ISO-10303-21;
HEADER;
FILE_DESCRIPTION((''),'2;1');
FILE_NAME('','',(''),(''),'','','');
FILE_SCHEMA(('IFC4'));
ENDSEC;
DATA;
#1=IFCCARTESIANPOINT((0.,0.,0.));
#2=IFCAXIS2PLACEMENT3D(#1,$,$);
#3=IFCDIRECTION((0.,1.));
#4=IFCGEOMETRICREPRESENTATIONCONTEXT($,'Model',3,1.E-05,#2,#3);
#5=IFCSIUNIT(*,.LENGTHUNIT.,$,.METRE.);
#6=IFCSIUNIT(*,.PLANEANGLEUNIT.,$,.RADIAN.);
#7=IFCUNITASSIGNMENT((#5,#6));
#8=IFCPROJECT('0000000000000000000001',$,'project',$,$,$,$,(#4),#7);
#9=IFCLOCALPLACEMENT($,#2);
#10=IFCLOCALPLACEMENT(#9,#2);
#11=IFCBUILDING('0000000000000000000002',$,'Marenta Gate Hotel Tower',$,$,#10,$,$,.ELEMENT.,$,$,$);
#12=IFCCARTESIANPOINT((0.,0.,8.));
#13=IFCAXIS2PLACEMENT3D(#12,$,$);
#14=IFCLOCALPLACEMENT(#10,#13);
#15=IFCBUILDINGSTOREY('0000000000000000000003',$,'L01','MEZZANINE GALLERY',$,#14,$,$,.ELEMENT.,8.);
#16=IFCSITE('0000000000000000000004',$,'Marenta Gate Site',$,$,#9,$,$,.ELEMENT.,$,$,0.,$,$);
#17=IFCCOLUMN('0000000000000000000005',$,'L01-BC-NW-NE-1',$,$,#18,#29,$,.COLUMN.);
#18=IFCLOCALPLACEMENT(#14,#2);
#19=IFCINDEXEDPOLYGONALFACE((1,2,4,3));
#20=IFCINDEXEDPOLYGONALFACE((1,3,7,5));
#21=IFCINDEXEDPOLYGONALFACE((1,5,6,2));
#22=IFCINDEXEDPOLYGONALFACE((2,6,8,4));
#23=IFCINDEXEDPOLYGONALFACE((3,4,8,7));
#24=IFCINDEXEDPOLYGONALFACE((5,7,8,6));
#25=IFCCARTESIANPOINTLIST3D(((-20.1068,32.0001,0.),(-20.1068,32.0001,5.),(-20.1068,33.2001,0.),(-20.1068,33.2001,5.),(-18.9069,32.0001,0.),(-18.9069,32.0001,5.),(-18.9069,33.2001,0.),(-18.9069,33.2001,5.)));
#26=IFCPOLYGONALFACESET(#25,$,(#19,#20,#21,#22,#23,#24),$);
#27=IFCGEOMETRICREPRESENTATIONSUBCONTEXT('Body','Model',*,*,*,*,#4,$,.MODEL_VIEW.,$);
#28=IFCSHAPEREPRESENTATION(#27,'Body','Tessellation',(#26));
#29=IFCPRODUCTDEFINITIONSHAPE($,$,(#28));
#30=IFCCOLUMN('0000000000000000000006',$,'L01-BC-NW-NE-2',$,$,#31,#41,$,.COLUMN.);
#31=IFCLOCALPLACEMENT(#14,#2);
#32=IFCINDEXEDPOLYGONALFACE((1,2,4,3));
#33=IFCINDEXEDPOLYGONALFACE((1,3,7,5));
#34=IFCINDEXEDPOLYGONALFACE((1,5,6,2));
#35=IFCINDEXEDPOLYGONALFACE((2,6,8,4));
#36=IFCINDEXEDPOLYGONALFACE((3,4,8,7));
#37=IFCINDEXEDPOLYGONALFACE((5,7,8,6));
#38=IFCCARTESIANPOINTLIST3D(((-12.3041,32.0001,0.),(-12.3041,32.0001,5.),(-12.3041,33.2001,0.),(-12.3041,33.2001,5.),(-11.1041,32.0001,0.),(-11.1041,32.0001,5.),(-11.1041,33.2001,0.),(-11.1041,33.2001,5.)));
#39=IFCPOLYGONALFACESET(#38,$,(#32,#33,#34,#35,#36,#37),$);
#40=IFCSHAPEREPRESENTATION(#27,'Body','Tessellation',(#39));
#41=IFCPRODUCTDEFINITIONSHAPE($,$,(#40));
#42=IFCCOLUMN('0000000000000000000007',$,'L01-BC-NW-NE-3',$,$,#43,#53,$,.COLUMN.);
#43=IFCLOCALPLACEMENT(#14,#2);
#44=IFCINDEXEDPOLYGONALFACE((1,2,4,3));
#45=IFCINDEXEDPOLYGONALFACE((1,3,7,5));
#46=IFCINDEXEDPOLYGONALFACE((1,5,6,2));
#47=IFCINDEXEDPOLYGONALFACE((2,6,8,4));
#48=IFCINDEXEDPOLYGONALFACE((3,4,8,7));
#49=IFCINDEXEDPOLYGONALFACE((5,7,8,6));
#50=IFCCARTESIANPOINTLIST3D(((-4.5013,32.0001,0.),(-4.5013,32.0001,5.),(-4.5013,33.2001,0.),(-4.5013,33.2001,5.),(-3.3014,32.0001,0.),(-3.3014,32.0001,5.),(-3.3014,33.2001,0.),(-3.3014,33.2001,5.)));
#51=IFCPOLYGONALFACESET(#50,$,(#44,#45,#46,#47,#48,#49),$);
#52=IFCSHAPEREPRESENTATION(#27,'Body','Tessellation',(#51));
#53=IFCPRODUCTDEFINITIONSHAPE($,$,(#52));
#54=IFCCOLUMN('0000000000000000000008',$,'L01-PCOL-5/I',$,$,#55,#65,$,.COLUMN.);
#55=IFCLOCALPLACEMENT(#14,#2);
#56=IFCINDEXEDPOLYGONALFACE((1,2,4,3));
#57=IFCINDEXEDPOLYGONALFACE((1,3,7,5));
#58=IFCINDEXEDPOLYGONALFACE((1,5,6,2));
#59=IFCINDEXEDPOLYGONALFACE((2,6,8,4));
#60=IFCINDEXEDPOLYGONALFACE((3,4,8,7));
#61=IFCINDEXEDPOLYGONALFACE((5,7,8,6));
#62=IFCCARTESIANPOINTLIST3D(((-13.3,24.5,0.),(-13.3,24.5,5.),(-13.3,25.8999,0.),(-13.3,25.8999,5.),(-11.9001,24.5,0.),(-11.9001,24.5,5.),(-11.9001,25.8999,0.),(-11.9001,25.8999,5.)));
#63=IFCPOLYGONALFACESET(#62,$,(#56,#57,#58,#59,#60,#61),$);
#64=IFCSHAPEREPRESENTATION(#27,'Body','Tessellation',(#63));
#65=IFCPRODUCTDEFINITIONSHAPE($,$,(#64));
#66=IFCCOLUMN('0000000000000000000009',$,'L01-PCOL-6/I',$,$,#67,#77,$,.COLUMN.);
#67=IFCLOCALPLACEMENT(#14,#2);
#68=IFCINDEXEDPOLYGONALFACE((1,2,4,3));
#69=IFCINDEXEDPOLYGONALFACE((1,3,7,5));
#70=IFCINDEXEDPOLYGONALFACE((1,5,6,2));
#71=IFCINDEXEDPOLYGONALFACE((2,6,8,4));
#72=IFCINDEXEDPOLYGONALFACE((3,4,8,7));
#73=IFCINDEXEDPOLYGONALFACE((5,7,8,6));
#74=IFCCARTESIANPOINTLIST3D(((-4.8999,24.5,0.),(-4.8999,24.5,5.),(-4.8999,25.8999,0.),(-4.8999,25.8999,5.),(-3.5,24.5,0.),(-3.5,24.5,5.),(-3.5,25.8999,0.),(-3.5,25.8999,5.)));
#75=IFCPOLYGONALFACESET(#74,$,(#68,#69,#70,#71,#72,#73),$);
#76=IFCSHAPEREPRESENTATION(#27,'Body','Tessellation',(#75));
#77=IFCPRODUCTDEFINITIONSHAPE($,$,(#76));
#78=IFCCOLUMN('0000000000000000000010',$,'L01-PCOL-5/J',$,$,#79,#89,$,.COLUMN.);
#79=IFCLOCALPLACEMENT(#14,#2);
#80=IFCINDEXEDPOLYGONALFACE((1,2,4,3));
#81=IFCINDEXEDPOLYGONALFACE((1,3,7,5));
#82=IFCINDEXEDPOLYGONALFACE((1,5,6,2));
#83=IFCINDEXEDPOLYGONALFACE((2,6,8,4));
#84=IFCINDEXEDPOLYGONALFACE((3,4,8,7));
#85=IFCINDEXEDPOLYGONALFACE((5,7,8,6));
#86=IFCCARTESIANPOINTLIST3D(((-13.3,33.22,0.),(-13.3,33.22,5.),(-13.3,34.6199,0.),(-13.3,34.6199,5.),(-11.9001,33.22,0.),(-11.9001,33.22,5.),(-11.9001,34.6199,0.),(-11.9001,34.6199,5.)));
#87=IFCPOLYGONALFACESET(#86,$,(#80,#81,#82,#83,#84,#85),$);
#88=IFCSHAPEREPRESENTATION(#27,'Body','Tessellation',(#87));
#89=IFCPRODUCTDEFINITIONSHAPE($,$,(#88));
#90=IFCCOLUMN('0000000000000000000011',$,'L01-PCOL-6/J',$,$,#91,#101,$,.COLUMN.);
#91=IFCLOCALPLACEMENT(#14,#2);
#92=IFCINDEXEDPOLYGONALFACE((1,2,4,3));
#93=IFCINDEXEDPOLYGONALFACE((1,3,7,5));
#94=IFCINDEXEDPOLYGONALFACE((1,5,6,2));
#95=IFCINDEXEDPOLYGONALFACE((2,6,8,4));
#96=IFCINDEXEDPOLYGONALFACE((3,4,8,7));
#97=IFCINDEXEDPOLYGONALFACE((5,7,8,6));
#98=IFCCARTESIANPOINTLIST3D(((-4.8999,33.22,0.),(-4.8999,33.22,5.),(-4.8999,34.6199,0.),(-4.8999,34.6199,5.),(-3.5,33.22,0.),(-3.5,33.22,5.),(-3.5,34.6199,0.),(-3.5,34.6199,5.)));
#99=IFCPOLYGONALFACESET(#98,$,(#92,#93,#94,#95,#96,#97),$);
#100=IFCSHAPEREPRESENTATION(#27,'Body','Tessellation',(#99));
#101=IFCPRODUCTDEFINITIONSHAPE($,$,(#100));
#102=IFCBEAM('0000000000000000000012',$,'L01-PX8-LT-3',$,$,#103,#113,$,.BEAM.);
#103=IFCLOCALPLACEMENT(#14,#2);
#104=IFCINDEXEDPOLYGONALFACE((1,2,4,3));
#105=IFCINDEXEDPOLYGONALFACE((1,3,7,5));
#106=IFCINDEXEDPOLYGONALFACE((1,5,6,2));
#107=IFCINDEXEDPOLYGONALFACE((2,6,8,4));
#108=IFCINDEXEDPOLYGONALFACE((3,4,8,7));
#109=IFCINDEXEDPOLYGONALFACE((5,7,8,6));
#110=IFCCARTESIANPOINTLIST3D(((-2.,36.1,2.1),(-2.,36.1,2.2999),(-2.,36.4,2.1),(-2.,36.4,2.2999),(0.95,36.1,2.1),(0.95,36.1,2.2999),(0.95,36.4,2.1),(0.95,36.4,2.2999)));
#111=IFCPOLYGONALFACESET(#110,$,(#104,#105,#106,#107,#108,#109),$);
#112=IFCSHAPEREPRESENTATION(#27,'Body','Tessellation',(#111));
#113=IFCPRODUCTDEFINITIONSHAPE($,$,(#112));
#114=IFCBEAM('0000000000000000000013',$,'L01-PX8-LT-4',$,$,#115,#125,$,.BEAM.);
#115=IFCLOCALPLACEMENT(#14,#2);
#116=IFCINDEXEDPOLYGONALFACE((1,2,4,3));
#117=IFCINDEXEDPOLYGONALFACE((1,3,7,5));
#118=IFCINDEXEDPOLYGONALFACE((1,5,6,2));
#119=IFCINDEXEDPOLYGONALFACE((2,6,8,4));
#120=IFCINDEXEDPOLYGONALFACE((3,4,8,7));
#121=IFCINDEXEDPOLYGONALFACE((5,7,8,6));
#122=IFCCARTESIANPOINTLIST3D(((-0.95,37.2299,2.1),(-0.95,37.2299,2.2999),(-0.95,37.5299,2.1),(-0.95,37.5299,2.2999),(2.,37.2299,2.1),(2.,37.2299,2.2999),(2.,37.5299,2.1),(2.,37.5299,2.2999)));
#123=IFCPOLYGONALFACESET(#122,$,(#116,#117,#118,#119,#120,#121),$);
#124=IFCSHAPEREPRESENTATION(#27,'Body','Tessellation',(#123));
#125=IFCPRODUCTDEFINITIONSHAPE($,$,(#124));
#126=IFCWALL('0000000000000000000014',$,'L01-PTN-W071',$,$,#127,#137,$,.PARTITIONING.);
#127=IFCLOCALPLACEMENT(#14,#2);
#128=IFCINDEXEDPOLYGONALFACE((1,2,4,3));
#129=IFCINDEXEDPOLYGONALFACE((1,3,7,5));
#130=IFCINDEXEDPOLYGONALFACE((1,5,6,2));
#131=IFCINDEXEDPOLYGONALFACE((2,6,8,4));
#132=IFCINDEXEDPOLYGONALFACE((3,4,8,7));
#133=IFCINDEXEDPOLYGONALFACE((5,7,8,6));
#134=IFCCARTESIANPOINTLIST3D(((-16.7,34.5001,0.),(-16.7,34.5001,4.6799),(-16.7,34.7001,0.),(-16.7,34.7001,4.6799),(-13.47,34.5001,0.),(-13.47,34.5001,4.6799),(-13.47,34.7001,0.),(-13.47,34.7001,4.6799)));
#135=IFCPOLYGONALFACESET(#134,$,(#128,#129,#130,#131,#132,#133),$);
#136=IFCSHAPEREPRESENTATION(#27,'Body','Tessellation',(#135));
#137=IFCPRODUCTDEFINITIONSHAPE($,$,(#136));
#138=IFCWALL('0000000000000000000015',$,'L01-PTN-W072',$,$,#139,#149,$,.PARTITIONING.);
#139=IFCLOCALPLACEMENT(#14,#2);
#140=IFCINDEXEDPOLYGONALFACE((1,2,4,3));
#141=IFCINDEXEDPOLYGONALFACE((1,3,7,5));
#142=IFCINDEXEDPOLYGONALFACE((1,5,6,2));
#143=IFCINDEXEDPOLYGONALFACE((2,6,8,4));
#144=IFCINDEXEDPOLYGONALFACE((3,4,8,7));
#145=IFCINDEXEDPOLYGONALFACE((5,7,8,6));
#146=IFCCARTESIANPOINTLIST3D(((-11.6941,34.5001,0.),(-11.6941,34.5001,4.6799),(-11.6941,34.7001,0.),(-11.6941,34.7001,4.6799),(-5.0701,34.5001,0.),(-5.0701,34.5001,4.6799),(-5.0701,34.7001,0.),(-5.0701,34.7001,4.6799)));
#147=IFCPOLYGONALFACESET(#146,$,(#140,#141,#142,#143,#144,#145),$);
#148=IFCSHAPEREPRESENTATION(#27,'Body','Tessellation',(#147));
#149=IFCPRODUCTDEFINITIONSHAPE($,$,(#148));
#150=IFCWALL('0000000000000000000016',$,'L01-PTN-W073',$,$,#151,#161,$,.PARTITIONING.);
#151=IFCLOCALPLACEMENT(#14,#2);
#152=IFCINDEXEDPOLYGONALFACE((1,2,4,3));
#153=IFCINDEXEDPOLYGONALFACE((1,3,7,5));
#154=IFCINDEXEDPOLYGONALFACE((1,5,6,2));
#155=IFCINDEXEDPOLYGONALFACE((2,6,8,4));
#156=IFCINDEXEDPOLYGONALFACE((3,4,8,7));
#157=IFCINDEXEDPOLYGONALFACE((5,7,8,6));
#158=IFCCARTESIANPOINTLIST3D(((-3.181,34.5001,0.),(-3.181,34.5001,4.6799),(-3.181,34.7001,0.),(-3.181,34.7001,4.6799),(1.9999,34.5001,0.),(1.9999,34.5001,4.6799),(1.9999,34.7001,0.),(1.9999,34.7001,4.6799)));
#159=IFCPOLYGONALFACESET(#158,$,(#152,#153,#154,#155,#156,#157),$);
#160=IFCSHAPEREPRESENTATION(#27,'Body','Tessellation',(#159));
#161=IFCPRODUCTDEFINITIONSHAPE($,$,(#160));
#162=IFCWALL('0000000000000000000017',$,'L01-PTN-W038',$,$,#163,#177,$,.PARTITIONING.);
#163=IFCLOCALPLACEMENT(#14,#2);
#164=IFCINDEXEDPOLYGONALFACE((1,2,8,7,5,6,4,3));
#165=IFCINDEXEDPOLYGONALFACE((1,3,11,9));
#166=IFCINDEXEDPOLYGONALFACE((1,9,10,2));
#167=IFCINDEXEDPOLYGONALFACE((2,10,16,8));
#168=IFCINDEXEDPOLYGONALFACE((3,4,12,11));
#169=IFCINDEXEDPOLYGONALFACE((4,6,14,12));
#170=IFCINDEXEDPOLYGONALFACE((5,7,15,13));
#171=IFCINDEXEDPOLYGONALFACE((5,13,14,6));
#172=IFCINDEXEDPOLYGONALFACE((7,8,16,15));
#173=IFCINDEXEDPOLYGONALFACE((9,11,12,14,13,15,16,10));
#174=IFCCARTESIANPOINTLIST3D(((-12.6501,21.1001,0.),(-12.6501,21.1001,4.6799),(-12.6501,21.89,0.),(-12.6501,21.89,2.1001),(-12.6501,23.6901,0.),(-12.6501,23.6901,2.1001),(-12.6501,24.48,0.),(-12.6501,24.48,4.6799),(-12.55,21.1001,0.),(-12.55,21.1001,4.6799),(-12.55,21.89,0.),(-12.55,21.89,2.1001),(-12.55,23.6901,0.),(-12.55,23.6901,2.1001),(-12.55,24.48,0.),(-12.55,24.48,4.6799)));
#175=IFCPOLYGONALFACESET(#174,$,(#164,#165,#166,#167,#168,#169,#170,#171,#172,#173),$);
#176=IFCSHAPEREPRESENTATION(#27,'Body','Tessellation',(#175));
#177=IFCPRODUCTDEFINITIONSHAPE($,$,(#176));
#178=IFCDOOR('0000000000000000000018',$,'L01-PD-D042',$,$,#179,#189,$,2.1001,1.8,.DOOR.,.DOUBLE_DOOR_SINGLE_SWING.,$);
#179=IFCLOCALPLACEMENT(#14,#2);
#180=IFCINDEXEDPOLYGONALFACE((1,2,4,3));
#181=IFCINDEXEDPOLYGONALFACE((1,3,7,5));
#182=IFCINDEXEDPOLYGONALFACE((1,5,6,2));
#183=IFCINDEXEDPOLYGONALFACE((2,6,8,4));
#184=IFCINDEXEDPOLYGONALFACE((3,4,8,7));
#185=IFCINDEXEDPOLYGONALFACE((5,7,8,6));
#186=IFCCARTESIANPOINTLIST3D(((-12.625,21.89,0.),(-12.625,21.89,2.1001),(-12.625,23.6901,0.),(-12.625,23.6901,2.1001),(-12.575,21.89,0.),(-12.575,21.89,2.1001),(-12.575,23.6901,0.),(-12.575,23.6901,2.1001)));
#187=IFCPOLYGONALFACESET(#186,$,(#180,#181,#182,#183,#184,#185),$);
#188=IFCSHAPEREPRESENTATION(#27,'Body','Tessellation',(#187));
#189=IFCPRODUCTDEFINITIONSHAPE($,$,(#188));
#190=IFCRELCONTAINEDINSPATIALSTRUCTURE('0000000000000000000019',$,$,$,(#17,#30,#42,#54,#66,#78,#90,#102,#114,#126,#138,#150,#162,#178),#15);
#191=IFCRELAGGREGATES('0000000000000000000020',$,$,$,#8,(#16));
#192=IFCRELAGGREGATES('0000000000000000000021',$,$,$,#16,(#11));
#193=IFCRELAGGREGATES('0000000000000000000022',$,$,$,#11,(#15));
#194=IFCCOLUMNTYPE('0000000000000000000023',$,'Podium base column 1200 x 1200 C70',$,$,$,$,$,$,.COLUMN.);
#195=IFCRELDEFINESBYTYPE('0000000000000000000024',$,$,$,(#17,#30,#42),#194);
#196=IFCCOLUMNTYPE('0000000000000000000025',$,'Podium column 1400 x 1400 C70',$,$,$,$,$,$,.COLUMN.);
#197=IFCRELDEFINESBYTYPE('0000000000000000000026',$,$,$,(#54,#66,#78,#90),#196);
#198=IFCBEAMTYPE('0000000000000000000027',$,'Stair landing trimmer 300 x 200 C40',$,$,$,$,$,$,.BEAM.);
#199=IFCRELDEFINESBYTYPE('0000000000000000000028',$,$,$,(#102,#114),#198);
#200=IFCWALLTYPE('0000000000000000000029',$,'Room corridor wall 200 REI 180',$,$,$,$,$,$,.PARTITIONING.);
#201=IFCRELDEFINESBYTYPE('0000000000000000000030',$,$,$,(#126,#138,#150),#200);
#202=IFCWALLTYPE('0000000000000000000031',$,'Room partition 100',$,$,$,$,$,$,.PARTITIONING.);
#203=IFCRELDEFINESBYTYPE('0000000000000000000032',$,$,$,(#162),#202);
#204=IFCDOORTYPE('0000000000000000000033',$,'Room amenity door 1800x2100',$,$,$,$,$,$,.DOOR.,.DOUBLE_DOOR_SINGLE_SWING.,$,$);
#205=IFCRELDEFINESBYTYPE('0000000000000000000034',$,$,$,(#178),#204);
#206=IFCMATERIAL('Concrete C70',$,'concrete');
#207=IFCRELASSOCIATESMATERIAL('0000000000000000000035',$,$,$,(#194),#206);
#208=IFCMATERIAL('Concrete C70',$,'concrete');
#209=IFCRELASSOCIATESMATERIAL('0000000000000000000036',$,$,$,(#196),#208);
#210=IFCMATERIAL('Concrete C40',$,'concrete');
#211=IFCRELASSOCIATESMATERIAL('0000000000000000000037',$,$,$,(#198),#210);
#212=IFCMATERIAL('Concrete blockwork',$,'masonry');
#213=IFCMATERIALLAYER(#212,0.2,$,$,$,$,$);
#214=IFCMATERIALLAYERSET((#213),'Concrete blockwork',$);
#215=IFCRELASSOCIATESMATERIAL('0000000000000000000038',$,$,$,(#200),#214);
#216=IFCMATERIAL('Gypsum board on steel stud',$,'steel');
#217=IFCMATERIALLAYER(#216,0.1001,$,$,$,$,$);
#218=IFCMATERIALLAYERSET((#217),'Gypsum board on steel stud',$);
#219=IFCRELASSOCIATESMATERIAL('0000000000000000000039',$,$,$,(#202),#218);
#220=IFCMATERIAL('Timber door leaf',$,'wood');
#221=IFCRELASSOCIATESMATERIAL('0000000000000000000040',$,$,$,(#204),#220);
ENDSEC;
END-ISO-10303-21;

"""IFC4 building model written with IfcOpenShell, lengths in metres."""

from ifc_helpers import new_model, si_unit, direction, frame, frame_2d, origin, origin_2d, place, context, subcontext, project, spatial, rectangle, extrude, material, layer, layer_set, material_profile, profile_set, type_object, element, fill, save


model = new_model("IFC4")

# Units and contexts
model_context = context("Model", 3, precision=1e-05, world=origin(), true_north=direction((0.0, 1.0)))
body_context = subcontext(model_context, "Body", "Model", "MODEL_VIEW")
ifc_project = project(units=[si_unit("LENGTHUNIT", "METRE"), si_unit("PLANEANGLEUNIT", "RADIAN")], contexts=[model_context])

# Site, building, storey
site_placement = place(None, origin())
site = spatial("IfcSite", under=ifc_project, at=site_placement, Name="Marenta Gate Site", CompositionType="ELEMENT", RefElevation=0.0)
building_placement = place(site_placement, origin())
building = spatial("IfcBuilding", under=site, at=building_placement, Name="Marenta Gate Hotel Tower", CompositionType="ELEMENT")
storey_placement = place(building_placement, frame((0.0, 0.0, 8.0)))
storey = spatial("IfcBuildingStorey", under=building, at=storey_placement, Name="L01", Description="MEZZANINE GALLERY", CompositionType="ELEMENT", Elevation=8.0)

# Columns
ifc_material_1 = material(Name="Concrete C70", Category="concrete")
ifc_material_profile_1 = material_profile(ifc_material_1, rectangle(XDim=1.2, YDim=1.2, at=origin_2d()), Name="1200 x 1200")
ifc_profile_set_1 = profile_set([ifc_material_profile_1], Name="Concrete C70")
column_type_1 = type_object("IfcColumnType", Name="Podium base column 1200 x 1200 C70", PredefinedType="COLUMN", material=ifc_profile_set_1)
for number, where, z_axis, x_axis, name in (
    (1, (-19.5068, 32.6001, 0.0), (0.0, 0.0, 1.0), (1.0, 0.0, 0.0), "L01-BC-NW-NE-1"),
    (2, (-11.7041, 32.6001, 0.0), (0.0, 0.0, 1.0), (1.0, 0.0, 0.0), "L01-BC-NW-NE-2"),
    (3, (-3.9014, 32.6001, 0.0), (0.0, 0.0, 1.0), (1.0, 0.0, 0.0), "L01-BC-NW-NE-3"),
):
    element("IfcColumn", number, at=place(storey_placement, frame(where, z_axis=z_axis, x_axis=x_axis)), inside=storey, type_object=column_type_1, Name=name, PredefinedType="COLUMN", context=body_context, shape_type="SweptSolid", body=[
        extrude(rectangle(XDim=1.2, YDim=1.2, at=origin_2d()), origin(), (0.0, 0.0, 1.0), 5.0),
    ])
ifc_material_2 = material(Name="Concrete C70", Category="concrete")
ifc_material_profile_2 = material_profile(ifc_material_2, rectangle(XDim=1.3999, YDim=1.3999, at=origin_2d()), Name="1400 x 1400")
ifc_profile_set_2 = profile_set([ifc_material_profile_2], Name="Concrete C70")
column_type_2 = type_object("IfcColumnType", Name="Podium column 1400 x 1400 C70", PredefinedType="COLUMN", material=ifc_profile_set_2)
for number, where, z_axis, x_axis, name in (
    (4, (-12.6001, 25.2, 0.0), (0.0, 0.0, 1.0), (1.0, 0.0, 0.0), "L01-PCOL-5/I"),
    (5, (-4.2, 25.2, 0.0), (0.0, 0.0, 1.0), (1.0, 0.0, 0.0), "L01-PCOL-6/I"),
    (6, (-12.6001, 33.9199, 0.0), (0.0, 0.0, 1.0), (1.0, 0.0, 0.0), "L01-PCOL-5/J"),
    (7, (-4.2, 33.9199, 0.0), (0.0, 0.0, 1.0), (1.0, 0.0, 0.0), "L01-PCOL-6/J"),
):
    element("IfcColumn", number, at=place(storey_placement, frame(where, z_axis=z_axis, x_axis=x_axis)), inside=storey, type_object=column_type_2, Name=name, PredefinedType="COLUMN", context=body_context, shape_type="SweptSolid", body=[
        extrude(rectangle(XDim=1.3999, YDim=1.3999, at=origin_2d()), origin(), (0.0, 0.0, 1.0), 5.0),
    ])

# Beams
ifc_material_3 = material(Name="Concrete C40", Category="concrete")
ifc_material_profile_3 = material_profile(ifc_material_3, rectangle(XDim=0.3, YDim=0.2, at=origin_2d()), Name="300 x 200")
ifc_profile_set_3 = profile_set([ifc_material_profile_3], Name="Concrete C40")
beam_type = type_object("IfcBeamType", Name="Stair landing trimmer 300 x 200 C40", PredefinedType="BEAM", material=ifc_profile_set_3)
for number, where, z_axis, x_axis, name in (
    (8, (-2.0, 36.25, 2.2), (1.0, 0.0, 0.0), (0.0, 1.0, 0.0), "L01-PX8-LT-3"),
    (9, (-0.95, 37.3799, 2.2), (1.0, 0.0, 0.0), (0.0, 1.0, 0.0), "L01-PX8-LT-4"),
):
    element("IfcBeam", number, at=place(storey_placement, frame(where, z_axis=z_axis, x_axis=x_axis)), inside=storey, type_object=beam_type, Name=name, PredefinedType="BEAM", context=body_context, shape_type="SweptSolid", body=[
        extrude(rectangle(XDim=0.3, YDim=0.2, at=origin_2d()), origin(), (0.0, 0.0, 1.0), 2.95),
    ])

# Walls
ifc_material_4 = material(Name="Concrete blockwork", Category="masonry")
ifc_layer_1 = layer(ifc_material_4, 0.2)
ifc_layer_set_1 = layer_set([ifc_layer_1], Name="Concrete blockwork")
wall_type_1 = type_object("IfcWallType", Name="Room corridor wall 200 REI 180", PredefinedType="PARTITIONING", material=ifc_layer_set_1)
wall_1_placement = place(storey_placement, frame((-16.7, 34.6001, 0.0), z_axis=(0.0, 0.0, 1.0), x_axis=(1.0, 0.0, 0.0)))
element("IfcWall", 10, at=wall_1_placement, inside=storey, type_object=wall_type_1, Name="L01-PTN-W071", PredefinedType="PARTITIONING", context=body_context, shape_type="SweptSolid", body=[
    extrude(rectangle(XDim=3.23, YDim=0.2, at=frame_2d((1.615, 0.0))), origin(), (0.0, 0.0, 1.0), 4.6799),
])
wall_2_placement = place(storey_placement, frame((-11.6941, 34.6001, 0.0), z_axis=(0.0, 0.0, 1.0), x_axis=(1.0, 0.0, 0.0)))
element("IfcWall", 11, at=wall_2_placement, inside=storey, type_object=wall_type_1, Name="L01-PTN-W072", PredefinedType="PARTITIONING", context=body_context, shape_type="SweptSolid", body=[
    extrude(rectangle(XDim=6.624, YDim=0.2, at=frame_2d((3.312, 0.0))), origin(), (0.0, 0.0, 1.0), 4.6799),
])
wall_3_placement = place(storey_placement, frame((-3.1809, 34.6001, 0.0), z_axis=(0.0, 0.0, 1.0), x_axis=(1.0, 0.0, 0.0)))
element("IfcWall", 12, at=wall_3_placement, inside=storey, type_object=wall_type_1, Name="L01-PTN-W073", PredefinedType="PARTITIONING", context=body_context, shape_type="SweptSolid", body=[
    extrude(rectangle(XDim=5.1809, YDim=0.2, at=frame_2d((2.5903, 0.0))), origin(), (0.0, 0.0, 1.0), 4.6799),
])

# Wall, opening, door
ifc_material_5 = material(Name="Gypsum board on steel stud", Category="steel")
ifc_layer_2 = layer(ifc_material_5, 0.1001)
ifc_layer_set_2 = layer_set([ifc_layer_2], Name="Gypsum board on steel stud")
wall_type_2 = type_object("IfcWallType", Name="Room partition 100", PredefinedType="PARTITIONING", material=ifc_layer_set_2)
wall_4_placement = place(storey_placement, frame((-12.6001, 21.1001, 0.0), z_axis=(0.0, 0.0, 1.0), x_axis=(0.0, 1.0, 0.0)))
wall_4 = element("IfcWall", 13, at=wall_4_placement, inside=storey, type_object=wall_type_2, Name="L01-PTN-W038", PredefinedType="PARTITIONING", context=body_context, shape_type="SweptSolid", body=[
    extrude(rectangle(XDim=3.3799, YDim=0.1001, at=frame_2d((1.6899, 0.0))), origin(), (0.0, 0.0, 1.0), 4.6799),
])
opening_1_placement = place(wall_4_placement, frame((0.79, 0.0, 0.0)))
opening_1 = element("IfcOpeningElement", 14, at=opening_1_placement, cuts=wall_4, PredefinedType="OPENING", context=body_context, shape_type="SweptSolid", body=[
    extrude(rectangle(XDim=1.8, YDim=2.1001, at=frame_2d((0.8999, 1.05))), frame((0.0, 0.05, 0.0), z_axis=(0.0, -1.0, 0.0), x_axis=(1.0, 0.0, 0.0)), (0.0, 0.0, 1.0), 0.1001),
])
ifc_material_6 = material(Name="Timber door leaf", Category="wood")
door_type_1 = type_object("IfcDoorType", Name="Room amenity door 1800x2100", OperationType="DOUBLE_DOOR_SINGLE_SWING", PredefinedType="DOOR", material=ifc_material_6)
door_1_placement = place(opening_1_placement, origin())
door_1 = element("IfcDoor", 15, at=door_1_placement, inside=storey, type_object=door_type_1, Name="L01-PD-D042", OperationType="DOUBLE_DOOR_SINGLE_SWING", OverallHeight=2.1001, OverallWidth=1.8, PredefinedType="DOOR", context=body_context, shape_type="SweptSolid", body=[
    extrude(rectangle(XDim=1.8, YDim=2.1001, at=frame_2d((0.8999, 1.05))), frame((0.0, 0.0249, 0.0), z_axis=(0.0, -1.0, 0.0), x_axis=(1.0, 0.0, 0.0)), (0.0, 0.0, 1.0), 0.05),
])
fill(opening_1, door_1)

save(model, "model.ifc")
